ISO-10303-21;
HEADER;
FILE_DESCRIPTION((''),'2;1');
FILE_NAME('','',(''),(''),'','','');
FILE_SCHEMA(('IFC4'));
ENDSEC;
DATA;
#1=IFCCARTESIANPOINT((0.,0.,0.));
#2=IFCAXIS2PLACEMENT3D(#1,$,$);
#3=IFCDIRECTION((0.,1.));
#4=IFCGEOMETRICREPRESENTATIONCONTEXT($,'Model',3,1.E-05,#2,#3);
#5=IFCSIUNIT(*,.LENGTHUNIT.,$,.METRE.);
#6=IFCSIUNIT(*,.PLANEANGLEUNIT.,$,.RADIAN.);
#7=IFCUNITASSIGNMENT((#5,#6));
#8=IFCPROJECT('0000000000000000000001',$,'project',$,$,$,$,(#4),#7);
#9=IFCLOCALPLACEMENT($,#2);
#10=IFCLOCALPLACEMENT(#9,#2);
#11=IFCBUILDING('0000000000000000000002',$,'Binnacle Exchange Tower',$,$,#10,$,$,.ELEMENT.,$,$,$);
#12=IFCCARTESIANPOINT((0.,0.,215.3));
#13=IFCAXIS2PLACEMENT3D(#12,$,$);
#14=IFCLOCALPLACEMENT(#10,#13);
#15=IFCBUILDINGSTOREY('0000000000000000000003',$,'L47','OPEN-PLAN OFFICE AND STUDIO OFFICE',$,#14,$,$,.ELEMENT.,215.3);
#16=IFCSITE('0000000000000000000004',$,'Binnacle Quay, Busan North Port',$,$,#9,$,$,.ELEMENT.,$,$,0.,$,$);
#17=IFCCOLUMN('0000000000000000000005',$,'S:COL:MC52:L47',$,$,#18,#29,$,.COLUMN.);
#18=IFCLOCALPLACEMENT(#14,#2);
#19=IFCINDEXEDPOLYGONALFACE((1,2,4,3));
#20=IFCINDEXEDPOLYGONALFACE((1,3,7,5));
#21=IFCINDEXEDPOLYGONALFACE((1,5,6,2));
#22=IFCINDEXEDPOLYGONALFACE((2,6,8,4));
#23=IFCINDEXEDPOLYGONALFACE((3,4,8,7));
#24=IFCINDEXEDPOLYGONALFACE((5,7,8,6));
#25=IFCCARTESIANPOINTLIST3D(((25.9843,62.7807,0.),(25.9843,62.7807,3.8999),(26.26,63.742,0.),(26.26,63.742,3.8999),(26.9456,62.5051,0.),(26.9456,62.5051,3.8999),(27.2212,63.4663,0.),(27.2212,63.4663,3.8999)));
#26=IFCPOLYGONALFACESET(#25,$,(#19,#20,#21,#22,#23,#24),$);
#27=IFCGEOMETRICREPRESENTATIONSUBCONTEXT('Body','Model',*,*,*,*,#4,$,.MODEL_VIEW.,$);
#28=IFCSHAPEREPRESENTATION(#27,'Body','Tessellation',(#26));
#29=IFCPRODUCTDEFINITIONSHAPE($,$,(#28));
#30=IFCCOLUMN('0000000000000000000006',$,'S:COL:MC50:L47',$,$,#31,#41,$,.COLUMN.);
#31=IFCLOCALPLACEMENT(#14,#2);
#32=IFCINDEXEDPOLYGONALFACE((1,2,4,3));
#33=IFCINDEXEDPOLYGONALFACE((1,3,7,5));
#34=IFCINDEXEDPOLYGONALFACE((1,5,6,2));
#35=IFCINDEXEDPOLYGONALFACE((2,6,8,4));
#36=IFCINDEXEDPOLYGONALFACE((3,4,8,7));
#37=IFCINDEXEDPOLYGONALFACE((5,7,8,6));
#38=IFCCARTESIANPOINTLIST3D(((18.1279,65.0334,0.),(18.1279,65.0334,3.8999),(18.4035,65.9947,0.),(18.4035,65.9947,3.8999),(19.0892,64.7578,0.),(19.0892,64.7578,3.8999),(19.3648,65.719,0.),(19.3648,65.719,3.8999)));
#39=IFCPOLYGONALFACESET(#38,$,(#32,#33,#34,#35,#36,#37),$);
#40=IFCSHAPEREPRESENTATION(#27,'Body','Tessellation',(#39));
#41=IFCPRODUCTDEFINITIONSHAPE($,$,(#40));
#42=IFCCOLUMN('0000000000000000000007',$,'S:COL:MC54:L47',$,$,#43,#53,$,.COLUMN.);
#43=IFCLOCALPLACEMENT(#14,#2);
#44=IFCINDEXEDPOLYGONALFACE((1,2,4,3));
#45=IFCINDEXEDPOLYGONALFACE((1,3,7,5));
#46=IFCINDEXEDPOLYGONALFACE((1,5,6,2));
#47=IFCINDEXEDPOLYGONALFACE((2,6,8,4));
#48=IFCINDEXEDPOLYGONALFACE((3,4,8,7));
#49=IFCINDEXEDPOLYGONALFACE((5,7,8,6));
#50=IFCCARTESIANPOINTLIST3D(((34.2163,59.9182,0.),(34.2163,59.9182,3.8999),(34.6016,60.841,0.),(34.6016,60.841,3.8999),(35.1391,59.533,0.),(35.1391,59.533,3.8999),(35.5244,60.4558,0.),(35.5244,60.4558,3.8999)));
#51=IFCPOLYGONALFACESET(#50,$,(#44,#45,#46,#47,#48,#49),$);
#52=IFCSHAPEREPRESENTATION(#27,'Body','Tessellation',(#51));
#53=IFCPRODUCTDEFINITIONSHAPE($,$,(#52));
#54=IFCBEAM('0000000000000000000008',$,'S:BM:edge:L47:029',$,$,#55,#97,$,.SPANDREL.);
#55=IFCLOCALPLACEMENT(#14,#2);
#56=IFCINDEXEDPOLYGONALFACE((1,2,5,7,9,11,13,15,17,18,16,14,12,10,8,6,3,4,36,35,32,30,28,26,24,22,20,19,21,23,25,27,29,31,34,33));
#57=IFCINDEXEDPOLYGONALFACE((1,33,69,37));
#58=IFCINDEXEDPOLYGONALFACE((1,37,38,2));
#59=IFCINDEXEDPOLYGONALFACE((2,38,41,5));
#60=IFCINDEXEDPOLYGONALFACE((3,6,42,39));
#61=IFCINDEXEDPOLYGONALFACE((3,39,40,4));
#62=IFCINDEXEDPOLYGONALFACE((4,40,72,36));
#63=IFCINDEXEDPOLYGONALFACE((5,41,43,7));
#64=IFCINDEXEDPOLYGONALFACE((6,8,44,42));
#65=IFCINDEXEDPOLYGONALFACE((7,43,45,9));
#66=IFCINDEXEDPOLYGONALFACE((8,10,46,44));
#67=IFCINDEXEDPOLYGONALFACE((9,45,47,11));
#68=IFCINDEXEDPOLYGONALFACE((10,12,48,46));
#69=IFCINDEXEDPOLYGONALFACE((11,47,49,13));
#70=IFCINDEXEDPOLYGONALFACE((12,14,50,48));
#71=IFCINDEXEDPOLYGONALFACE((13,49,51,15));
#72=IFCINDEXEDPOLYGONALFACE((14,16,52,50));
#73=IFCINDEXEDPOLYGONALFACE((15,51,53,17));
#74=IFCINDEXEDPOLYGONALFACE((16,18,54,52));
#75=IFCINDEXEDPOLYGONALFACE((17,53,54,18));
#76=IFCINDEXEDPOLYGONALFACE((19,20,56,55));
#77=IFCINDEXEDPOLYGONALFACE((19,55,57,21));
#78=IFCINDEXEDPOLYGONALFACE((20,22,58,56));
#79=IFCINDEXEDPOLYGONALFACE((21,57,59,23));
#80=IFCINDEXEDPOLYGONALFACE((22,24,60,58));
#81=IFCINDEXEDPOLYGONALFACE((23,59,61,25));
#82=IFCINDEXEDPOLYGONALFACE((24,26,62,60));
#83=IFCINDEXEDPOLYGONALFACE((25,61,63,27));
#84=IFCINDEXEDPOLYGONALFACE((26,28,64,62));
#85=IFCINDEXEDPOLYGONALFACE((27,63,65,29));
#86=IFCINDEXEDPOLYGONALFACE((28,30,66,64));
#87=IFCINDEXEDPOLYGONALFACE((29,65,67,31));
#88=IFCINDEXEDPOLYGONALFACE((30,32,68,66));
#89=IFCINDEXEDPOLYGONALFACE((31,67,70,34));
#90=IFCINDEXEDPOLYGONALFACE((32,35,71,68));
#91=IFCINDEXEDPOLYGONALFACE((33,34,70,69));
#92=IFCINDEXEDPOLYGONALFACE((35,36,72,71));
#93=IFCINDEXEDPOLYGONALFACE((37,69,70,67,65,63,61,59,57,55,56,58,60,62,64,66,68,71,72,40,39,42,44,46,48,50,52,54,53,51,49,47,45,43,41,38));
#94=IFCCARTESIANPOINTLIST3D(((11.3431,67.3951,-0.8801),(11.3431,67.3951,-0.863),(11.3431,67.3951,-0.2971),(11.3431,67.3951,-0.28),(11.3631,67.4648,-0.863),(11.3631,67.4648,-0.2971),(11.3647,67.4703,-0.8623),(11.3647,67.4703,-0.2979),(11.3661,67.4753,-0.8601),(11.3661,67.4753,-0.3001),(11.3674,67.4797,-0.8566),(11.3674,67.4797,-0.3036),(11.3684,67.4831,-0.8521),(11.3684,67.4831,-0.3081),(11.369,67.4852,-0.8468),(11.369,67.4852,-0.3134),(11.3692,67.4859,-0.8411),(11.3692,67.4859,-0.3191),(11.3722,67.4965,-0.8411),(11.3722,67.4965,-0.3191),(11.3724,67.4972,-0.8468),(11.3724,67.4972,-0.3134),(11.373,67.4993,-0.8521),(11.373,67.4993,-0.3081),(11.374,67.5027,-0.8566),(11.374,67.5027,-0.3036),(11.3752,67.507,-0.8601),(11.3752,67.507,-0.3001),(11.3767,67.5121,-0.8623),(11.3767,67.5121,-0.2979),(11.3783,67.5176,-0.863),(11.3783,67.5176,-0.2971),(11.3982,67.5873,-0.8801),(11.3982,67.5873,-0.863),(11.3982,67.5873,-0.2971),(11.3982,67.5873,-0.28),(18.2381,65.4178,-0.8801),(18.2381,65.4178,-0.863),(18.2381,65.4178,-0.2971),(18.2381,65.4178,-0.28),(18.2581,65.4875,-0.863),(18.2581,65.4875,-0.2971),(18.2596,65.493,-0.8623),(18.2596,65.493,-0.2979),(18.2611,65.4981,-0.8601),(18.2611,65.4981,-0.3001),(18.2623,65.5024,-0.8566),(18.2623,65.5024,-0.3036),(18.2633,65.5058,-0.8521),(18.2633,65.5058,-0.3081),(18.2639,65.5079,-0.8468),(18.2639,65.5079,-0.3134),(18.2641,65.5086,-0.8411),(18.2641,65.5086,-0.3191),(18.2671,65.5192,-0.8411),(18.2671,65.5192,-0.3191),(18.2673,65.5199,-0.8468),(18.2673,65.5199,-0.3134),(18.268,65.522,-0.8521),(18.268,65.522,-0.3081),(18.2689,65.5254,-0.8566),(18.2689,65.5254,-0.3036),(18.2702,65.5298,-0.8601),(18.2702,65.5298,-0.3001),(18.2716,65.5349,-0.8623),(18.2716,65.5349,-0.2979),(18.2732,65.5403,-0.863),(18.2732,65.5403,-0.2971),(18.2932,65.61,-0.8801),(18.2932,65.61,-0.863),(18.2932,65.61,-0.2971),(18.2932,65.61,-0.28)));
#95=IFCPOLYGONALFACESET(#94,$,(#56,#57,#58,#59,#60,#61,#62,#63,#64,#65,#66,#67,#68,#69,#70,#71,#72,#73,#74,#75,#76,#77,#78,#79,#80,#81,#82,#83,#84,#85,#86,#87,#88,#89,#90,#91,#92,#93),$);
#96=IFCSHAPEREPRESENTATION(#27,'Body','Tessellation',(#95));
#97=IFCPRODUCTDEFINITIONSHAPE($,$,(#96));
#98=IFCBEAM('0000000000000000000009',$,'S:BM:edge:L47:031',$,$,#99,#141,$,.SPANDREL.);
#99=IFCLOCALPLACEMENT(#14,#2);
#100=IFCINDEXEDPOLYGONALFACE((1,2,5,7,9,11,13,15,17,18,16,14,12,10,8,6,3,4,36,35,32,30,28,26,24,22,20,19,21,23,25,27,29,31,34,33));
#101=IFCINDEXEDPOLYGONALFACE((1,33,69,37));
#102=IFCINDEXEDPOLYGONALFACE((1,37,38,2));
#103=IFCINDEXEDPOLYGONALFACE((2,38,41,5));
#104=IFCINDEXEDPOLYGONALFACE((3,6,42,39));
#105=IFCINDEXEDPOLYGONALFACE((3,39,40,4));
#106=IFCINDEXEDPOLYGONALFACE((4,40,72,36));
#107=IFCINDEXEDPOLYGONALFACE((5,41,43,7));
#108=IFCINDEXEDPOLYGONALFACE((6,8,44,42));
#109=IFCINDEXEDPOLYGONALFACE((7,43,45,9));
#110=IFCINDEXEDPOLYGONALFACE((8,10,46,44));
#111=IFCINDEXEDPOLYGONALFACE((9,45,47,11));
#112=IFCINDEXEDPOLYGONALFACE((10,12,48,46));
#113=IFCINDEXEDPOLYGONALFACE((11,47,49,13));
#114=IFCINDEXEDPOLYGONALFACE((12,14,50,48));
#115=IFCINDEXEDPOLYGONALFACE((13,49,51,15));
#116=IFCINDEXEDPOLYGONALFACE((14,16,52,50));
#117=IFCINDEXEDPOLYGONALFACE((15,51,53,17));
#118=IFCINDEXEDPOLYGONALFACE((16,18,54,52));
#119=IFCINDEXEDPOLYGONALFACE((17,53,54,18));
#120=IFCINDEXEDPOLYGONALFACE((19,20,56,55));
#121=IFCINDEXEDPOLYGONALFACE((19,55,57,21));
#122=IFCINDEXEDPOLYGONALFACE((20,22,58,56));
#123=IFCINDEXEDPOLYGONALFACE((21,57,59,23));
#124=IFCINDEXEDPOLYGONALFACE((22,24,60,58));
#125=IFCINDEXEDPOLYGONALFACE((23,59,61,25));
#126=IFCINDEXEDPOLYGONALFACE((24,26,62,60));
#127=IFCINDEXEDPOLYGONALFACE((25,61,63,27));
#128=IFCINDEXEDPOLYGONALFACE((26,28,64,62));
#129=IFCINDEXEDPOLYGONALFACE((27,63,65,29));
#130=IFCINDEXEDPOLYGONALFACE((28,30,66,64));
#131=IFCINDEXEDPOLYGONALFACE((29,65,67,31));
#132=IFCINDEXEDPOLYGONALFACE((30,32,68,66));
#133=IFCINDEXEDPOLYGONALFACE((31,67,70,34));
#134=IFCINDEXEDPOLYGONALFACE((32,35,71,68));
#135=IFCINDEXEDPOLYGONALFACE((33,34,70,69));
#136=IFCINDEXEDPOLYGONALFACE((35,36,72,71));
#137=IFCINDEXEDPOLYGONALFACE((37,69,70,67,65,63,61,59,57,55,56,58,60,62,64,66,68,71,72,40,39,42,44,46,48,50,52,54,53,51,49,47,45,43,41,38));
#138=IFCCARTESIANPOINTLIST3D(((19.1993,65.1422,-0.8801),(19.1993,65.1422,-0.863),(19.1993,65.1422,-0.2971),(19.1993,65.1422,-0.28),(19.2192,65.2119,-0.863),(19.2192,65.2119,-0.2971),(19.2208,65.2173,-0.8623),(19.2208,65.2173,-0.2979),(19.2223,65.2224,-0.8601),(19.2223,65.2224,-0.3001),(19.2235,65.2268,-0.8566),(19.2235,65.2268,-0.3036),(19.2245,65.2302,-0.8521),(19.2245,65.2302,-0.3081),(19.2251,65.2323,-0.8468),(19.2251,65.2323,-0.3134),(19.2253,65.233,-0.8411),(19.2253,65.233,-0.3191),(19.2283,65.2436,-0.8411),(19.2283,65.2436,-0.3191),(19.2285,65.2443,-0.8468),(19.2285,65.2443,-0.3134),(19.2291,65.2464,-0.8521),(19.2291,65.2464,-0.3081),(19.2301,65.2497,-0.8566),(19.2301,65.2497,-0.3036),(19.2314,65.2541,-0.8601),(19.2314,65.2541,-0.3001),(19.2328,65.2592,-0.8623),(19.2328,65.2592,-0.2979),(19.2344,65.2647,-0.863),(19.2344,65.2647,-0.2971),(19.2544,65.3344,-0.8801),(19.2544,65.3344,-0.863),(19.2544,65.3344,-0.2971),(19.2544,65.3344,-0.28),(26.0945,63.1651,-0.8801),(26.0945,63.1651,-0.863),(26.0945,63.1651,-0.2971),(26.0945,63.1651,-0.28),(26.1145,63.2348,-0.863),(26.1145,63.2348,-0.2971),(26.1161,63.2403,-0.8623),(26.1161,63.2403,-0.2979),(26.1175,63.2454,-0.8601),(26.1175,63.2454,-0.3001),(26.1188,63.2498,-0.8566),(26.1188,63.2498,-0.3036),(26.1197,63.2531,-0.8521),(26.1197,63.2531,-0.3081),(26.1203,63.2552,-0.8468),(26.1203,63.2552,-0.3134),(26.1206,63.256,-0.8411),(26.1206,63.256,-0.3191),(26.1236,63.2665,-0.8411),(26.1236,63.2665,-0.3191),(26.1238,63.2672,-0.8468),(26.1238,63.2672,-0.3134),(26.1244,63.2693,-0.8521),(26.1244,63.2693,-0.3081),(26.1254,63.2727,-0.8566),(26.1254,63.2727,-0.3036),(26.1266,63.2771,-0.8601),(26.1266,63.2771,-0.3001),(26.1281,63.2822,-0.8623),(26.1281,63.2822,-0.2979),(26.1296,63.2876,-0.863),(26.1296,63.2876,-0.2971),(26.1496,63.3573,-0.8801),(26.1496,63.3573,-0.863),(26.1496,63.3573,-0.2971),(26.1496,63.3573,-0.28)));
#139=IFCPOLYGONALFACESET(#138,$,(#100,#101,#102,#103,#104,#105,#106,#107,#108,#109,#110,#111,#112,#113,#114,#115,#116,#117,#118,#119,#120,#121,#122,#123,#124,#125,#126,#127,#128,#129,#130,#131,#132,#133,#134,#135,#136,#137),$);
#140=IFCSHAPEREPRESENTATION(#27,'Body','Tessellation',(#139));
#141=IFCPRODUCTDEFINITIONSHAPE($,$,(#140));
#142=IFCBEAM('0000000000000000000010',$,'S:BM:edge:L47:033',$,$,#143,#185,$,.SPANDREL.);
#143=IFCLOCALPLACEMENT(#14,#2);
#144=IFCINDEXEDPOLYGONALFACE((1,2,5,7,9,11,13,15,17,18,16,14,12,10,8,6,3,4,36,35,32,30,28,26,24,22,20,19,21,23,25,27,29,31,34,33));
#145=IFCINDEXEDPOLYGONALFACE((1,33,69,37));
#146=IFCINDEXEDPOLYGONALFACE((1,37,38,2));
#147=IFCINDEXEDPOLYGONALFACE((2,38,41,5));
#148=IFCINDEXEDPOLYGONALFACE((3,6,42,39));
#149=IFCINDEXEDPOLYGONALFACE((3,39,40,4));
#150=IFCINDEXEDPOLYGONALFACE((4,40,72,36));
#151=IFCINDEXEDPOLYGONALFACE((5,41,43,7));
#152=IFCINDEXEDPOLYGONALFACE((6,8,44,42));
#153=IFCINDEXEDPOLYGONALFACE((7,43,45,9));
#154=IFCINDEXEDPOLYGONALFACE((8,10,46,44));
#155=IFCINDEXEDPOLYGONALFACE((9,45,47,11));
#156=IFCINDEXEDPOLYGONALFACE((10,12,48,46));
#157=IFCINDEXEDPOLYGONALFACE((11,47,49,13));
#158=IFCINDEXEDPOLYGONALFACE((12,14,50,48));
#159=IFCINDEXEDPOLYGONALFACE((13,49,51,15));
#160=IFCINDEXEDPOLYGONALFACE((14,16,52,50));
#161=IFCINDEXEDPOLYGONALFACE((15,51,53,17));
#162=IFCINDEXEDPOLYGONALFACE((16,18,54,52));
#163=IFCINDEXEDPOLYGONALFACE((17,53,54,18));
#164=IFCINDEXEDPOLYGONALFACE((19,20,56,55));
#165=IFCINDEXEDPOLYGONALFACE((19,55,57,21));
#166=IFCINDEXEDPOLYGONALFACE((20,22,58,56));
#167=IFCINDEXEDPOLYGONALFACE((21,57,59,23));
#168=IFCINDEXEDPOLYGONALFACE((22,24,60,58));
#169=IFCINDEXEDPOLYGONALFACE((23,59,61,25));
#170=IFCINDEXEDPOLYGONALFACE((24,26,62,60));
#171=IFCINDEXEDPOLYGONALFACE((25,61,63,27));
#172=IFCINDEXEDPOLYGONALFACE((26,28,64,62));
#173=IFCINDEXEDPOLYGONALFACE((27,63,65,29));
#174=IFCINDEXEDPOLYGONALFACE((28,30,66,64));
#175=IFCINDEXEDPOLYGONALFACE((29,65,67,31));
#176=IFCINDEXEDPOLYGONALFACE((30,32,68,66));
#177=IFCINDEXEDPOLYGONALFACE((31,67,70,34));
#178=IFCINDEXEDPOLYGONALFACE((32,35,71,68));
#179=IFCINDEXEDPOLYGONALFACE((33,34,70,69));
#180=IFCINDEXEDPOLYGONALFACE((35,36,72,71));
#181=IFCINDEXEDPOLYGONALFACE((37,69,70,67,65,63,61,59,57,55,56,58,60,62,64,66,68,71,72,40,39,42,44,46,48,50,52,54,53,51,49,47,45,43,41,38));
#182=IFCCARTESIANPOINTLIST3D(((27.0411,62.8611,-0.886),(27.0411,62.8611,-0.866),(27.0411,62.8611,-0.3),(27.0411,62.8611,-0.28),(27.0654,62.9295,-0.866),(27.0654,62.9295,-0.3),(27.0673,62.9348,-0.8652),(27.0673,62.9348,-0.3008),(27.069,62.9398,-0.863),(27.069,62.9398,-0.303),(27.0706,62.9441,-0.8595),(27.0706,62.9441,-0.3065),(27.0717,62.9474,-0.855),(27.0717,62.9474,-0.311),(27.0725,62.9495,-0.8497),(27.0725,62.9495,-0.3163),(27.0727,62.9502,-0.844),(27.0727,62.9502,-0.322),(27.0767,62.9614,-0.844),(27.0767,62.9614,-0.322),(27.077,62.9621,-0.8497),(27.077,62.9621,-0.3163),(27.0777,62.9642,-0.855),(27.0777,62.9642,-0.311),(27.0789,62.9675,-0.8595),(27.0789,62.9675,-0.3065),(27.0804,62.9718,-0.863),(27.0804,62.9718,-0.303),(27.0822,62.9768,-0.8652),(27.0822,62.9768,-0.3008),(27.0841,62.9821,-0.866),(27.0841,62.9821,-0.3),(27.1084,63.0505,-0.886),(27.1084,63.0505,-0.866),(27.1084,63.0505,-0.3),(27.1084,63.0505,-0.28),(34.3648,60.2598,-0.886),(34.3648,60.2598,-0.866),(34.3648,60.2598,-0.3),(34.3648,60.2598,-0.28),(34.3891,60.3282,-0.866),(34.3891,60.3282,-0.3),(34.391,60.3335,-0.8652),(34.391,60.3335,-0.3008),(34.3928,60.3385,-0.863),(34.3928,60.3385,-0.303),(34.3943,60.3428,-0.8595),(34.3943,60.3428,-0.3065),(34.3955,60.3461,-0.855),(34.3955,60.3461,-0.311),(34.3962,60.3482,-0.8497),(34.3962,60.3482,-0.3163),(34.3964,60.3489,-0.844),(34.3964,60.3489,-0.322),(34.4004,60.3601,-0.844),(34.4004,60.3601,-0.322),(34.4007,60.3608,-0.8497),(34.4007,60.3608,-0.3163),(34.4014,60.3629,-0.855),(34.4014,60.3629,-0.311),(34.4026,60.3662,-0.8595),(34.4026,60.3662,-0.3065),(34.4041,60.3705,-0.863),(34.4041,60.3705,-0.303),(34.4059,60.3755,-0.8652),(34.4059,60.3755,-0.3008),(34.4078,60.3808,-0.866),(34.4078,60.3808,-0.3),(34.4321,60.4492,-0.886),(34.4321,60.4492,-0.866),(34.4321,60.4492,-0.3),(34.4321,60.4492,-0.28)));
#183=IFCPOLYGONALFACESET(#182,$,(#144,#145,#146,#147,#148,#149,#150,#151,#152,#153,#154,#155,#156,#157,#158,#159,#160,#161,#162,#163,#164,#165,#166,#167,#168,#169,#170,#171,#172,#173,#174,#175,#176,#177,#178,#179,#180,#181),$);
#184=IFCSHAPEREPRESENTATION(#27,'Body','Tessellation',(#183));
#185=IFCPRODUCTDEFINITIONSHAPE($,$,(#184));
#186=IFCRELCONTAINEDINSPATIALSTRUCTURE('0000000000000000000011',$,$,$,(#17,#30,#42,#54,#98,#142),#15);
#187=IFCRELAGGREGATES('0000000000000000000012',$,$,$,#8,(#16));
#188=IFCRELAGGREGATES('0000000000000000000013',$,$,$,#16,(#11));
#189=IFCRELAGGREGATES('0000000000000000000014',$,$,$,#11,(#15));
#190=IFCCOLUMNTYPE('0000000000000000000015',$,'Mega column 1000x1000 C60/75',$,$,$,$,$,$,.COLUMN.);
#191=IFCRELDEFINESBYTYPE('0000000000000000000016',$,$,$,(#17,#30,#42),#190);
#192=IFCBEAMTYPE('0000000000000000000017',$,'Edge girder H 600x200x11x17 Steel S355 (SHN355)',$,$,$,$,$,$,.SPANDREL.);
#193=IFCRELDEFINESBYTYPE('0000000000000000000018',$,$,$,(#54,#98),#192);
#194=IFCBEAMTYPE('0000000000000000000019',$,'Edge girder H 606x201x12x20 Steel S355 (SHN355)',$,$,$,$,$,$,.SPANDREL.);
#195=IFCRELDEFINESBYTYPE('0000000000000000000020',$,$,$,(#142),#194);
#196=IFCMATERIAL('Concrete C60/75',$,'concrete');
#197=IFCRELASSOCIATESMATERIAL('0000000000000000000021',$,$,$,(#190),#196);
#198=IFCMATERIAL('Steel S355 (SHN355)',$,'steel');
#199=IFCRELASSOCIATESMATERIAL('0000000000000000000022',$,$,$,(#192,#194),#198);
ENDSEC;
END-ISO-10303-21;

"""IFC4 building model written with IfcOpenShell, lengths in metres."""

from ifc_helpers import new_model, si_unit, direction, frame, origin, origin_2d, place, context, subcontext, project, spatial, rectangle, i_section, extrude, material, material_profile, profile_set, type_object, element, save


model = new_model("IFC4")

# Units and contexts
model_context = context("Model", 3, precision=1e-05, world=origin(), true_north=direction((0.0, 1.0)))
body_context = subcontext(model_context, "Body", "Model", "MODEL_VIEW")
ifc_project = project(units=[si_unit("LENGTHUNIT", "METRE"), si_unit("PLANEANGLEUNIT", "RADIAN")], contexts=[model_context])

# Site, building, storey
site_placement = place(None, origin())
site = spatial("IfcSite", under=ifc_project, at=site_placement, Name="Binnacle Quay, Busan North Port", CompositionType="ELEMENT", RefElevation=0.0)
building_placement = place(site_placement, origin())
building = spatial("IfcBuilding", under=site, at=building_placement, Name="Binnacle Exchange Tower", CompositionType="ELEMENT")
storey_placement = place(building_placement, frame((0.0, 0.0, 215.3)))
storey = spatial("IfcBuildingStorey", under=building, at=storey_placement, Name="L47", Description="OPEN-PLAN OFFICE AND STUDIO OFFICE", CompositionType="ELEMENT", Elevation=215.3)

# Columns
ifc_material_1 = material(Name="Concrete C60/75", Category="concrete")
ifc_material_profile_1 = material_profile(ifc_material_1, rectangle(XDim=1.0, YDim=1.0, at=origin_2d()), Name="Mega column 1000x1000 C60/75")
ifc_profile_set_1 = profile_set([ifc_material_profile_1], Name="Concrete C60/75")
column_type = type_object("IfcColumnType", Name="Mega column 1000x1000 C60/75", PredefinedType="COLUMN", material=ifc_profile_set_1)
for number, where, z_axis, x_axis, name in (
    (1, (26.6028, 63.1235, 0.0), (0.0, 0.0, 1.0), (-0.961262, 0.275637, 0.0), "S:COL:MC52:L47"),
    (2, (18.7463, 65.3762, 0.0), (0.0, 0.0, 1.0), (-0.961262, 0.275637, 0.0), "S:COL:MC50:L47"),
    (3, (34.8704, 60.187, 0.0), (0.0, 0.0, 1.0), (-0.922814, 0.385246, 0.0), "S:COL:MC54:L47"),
):
    element("IfcColumn", number, at=place(storey_placement, frame(where, z_axis=z_axis, x_axis=x_axis)), inside=storey, type_object=column_type, Name=name, PredefinedType="COLUMN", context=body_context, shape_type="SweptSolid", body=[
        extrude(rectangle(XDim=1.0, YDim=1.0, at=origin_2d()), origin(), (0.0, 0.0, 1.0), 3.8999),
    ])

# Beams
ifc_material_2 = material(Name="Steel S355 (SHN355)", Category="steel")
ifc_material_profile_2 = material_profile(ifc_material_2, i_section(OverallWidth=0.2, OverallDepth=0.6001, WebThickness=0.011, FlangeThickness=0.0171, FilletRadius=0.022, at=origin_2d()), Name="H 600x200x11x17")
ifc_profile_set_2 = profile_set([ifc_material_profile_2], Name="Steel S355 (SHN355)")
beam_type_1 = type_object("IfcBeamType", Name="Edge girder H 600x200x11x17 Steel S355 (SHN355)", PredefinedType="SPANDREL", material=ifc_profile_set_2)
beam_1_placement = place(storey_placement, frame((18.2656, 65.5139, -0.5801), z_axis=(-0.961255, 0.275661, 0.0), x_axis=(-0.275661, -0.961255, 0.0)))
element("IfcBeam", 4, at=beam_1_placement, inside=storey, type_object=beam_type_1, Name="S:BM:edge:L47:029", PredefinedType="SPANDREL", context=body_context, shape_type="SweptSolid", body=[
    extrude(i_section(OverallWidth=0.2, OverallDepth=0.6001, WebThickness=0.011, FlangeThickness=0.0171, FilletRadius=0.022, at=origin_2d()), origin(), (0.0, 0.0, 1.0), 7.1729),
])
beam_2_placement = place(storey_placement, frame((26.1221, 63.2612, -0.5801), z_axis=(-0.961267, 0.27562, 0.0), x_axis=(-0.27562, -0.961267, 0.0)))
element("IfcBeam", 5, at=beam_2_placement, inside=storey, type_object=beam_type_1, Name="S:BM:edge:L47:031", PredefinedType="SPANDREL", context=body_context, shape_type="SweptSolid", body=[
    extrude(i_section(OverallWidth=0.2, OverallDepth=0.6001, WebThickness=0.011, FlangeThickness=0.0171, FilletRadius=0.022, at=origin_2d()), origin(), (0.0, 0.0, 1.0), 7.1731),
])
ifc_material_profile_3 = material_profile(ifc_material_2, i_section(OverallWidth=0.2009, OverallDepth=0.606, WebThickness=0.012, FlangeThickness=0.02, FilletRadius=0.022, at=origin_2d()), Name="H 606x201x12x20")
ifc_profile_set_3 = profile_set([ifc_material_profile_3], Name="Steel S355 (SHN355)")
beam_type_2 = type_object("IfcBeamType", Name="Edge girder H 606x201x12x20 Steel S355 (SHN355)", PredefinedType="SPANDREL", material=ifc_profile_set_3)
beam_3_placement = place(storey_placement, frame((34.3984, 60.3545, -0.583), z_axis=(-0.942323, 0.334704, 0.0), x_axis=(-0.334704, -0.942323, 0.0)))
element("IfcBeam", 6, at=beam_3_placement, inside=storey, type_object=beam_type_2, Name="S:BM:edge:L47:033", PredefinedType="SPANDREL", context=body_context, shape_type="SweptSolid", body=[
    extrude(i_section(OverallWidth=0.2009, OverallDepth=0.606, WebThickness=0.012, FlangeThickness=0.02, FilletRadius=0.022, at=origin_2d()), origin(), (0.0, 0.0, 1.0), 7.772),
])

save(model, "model.ifc")
